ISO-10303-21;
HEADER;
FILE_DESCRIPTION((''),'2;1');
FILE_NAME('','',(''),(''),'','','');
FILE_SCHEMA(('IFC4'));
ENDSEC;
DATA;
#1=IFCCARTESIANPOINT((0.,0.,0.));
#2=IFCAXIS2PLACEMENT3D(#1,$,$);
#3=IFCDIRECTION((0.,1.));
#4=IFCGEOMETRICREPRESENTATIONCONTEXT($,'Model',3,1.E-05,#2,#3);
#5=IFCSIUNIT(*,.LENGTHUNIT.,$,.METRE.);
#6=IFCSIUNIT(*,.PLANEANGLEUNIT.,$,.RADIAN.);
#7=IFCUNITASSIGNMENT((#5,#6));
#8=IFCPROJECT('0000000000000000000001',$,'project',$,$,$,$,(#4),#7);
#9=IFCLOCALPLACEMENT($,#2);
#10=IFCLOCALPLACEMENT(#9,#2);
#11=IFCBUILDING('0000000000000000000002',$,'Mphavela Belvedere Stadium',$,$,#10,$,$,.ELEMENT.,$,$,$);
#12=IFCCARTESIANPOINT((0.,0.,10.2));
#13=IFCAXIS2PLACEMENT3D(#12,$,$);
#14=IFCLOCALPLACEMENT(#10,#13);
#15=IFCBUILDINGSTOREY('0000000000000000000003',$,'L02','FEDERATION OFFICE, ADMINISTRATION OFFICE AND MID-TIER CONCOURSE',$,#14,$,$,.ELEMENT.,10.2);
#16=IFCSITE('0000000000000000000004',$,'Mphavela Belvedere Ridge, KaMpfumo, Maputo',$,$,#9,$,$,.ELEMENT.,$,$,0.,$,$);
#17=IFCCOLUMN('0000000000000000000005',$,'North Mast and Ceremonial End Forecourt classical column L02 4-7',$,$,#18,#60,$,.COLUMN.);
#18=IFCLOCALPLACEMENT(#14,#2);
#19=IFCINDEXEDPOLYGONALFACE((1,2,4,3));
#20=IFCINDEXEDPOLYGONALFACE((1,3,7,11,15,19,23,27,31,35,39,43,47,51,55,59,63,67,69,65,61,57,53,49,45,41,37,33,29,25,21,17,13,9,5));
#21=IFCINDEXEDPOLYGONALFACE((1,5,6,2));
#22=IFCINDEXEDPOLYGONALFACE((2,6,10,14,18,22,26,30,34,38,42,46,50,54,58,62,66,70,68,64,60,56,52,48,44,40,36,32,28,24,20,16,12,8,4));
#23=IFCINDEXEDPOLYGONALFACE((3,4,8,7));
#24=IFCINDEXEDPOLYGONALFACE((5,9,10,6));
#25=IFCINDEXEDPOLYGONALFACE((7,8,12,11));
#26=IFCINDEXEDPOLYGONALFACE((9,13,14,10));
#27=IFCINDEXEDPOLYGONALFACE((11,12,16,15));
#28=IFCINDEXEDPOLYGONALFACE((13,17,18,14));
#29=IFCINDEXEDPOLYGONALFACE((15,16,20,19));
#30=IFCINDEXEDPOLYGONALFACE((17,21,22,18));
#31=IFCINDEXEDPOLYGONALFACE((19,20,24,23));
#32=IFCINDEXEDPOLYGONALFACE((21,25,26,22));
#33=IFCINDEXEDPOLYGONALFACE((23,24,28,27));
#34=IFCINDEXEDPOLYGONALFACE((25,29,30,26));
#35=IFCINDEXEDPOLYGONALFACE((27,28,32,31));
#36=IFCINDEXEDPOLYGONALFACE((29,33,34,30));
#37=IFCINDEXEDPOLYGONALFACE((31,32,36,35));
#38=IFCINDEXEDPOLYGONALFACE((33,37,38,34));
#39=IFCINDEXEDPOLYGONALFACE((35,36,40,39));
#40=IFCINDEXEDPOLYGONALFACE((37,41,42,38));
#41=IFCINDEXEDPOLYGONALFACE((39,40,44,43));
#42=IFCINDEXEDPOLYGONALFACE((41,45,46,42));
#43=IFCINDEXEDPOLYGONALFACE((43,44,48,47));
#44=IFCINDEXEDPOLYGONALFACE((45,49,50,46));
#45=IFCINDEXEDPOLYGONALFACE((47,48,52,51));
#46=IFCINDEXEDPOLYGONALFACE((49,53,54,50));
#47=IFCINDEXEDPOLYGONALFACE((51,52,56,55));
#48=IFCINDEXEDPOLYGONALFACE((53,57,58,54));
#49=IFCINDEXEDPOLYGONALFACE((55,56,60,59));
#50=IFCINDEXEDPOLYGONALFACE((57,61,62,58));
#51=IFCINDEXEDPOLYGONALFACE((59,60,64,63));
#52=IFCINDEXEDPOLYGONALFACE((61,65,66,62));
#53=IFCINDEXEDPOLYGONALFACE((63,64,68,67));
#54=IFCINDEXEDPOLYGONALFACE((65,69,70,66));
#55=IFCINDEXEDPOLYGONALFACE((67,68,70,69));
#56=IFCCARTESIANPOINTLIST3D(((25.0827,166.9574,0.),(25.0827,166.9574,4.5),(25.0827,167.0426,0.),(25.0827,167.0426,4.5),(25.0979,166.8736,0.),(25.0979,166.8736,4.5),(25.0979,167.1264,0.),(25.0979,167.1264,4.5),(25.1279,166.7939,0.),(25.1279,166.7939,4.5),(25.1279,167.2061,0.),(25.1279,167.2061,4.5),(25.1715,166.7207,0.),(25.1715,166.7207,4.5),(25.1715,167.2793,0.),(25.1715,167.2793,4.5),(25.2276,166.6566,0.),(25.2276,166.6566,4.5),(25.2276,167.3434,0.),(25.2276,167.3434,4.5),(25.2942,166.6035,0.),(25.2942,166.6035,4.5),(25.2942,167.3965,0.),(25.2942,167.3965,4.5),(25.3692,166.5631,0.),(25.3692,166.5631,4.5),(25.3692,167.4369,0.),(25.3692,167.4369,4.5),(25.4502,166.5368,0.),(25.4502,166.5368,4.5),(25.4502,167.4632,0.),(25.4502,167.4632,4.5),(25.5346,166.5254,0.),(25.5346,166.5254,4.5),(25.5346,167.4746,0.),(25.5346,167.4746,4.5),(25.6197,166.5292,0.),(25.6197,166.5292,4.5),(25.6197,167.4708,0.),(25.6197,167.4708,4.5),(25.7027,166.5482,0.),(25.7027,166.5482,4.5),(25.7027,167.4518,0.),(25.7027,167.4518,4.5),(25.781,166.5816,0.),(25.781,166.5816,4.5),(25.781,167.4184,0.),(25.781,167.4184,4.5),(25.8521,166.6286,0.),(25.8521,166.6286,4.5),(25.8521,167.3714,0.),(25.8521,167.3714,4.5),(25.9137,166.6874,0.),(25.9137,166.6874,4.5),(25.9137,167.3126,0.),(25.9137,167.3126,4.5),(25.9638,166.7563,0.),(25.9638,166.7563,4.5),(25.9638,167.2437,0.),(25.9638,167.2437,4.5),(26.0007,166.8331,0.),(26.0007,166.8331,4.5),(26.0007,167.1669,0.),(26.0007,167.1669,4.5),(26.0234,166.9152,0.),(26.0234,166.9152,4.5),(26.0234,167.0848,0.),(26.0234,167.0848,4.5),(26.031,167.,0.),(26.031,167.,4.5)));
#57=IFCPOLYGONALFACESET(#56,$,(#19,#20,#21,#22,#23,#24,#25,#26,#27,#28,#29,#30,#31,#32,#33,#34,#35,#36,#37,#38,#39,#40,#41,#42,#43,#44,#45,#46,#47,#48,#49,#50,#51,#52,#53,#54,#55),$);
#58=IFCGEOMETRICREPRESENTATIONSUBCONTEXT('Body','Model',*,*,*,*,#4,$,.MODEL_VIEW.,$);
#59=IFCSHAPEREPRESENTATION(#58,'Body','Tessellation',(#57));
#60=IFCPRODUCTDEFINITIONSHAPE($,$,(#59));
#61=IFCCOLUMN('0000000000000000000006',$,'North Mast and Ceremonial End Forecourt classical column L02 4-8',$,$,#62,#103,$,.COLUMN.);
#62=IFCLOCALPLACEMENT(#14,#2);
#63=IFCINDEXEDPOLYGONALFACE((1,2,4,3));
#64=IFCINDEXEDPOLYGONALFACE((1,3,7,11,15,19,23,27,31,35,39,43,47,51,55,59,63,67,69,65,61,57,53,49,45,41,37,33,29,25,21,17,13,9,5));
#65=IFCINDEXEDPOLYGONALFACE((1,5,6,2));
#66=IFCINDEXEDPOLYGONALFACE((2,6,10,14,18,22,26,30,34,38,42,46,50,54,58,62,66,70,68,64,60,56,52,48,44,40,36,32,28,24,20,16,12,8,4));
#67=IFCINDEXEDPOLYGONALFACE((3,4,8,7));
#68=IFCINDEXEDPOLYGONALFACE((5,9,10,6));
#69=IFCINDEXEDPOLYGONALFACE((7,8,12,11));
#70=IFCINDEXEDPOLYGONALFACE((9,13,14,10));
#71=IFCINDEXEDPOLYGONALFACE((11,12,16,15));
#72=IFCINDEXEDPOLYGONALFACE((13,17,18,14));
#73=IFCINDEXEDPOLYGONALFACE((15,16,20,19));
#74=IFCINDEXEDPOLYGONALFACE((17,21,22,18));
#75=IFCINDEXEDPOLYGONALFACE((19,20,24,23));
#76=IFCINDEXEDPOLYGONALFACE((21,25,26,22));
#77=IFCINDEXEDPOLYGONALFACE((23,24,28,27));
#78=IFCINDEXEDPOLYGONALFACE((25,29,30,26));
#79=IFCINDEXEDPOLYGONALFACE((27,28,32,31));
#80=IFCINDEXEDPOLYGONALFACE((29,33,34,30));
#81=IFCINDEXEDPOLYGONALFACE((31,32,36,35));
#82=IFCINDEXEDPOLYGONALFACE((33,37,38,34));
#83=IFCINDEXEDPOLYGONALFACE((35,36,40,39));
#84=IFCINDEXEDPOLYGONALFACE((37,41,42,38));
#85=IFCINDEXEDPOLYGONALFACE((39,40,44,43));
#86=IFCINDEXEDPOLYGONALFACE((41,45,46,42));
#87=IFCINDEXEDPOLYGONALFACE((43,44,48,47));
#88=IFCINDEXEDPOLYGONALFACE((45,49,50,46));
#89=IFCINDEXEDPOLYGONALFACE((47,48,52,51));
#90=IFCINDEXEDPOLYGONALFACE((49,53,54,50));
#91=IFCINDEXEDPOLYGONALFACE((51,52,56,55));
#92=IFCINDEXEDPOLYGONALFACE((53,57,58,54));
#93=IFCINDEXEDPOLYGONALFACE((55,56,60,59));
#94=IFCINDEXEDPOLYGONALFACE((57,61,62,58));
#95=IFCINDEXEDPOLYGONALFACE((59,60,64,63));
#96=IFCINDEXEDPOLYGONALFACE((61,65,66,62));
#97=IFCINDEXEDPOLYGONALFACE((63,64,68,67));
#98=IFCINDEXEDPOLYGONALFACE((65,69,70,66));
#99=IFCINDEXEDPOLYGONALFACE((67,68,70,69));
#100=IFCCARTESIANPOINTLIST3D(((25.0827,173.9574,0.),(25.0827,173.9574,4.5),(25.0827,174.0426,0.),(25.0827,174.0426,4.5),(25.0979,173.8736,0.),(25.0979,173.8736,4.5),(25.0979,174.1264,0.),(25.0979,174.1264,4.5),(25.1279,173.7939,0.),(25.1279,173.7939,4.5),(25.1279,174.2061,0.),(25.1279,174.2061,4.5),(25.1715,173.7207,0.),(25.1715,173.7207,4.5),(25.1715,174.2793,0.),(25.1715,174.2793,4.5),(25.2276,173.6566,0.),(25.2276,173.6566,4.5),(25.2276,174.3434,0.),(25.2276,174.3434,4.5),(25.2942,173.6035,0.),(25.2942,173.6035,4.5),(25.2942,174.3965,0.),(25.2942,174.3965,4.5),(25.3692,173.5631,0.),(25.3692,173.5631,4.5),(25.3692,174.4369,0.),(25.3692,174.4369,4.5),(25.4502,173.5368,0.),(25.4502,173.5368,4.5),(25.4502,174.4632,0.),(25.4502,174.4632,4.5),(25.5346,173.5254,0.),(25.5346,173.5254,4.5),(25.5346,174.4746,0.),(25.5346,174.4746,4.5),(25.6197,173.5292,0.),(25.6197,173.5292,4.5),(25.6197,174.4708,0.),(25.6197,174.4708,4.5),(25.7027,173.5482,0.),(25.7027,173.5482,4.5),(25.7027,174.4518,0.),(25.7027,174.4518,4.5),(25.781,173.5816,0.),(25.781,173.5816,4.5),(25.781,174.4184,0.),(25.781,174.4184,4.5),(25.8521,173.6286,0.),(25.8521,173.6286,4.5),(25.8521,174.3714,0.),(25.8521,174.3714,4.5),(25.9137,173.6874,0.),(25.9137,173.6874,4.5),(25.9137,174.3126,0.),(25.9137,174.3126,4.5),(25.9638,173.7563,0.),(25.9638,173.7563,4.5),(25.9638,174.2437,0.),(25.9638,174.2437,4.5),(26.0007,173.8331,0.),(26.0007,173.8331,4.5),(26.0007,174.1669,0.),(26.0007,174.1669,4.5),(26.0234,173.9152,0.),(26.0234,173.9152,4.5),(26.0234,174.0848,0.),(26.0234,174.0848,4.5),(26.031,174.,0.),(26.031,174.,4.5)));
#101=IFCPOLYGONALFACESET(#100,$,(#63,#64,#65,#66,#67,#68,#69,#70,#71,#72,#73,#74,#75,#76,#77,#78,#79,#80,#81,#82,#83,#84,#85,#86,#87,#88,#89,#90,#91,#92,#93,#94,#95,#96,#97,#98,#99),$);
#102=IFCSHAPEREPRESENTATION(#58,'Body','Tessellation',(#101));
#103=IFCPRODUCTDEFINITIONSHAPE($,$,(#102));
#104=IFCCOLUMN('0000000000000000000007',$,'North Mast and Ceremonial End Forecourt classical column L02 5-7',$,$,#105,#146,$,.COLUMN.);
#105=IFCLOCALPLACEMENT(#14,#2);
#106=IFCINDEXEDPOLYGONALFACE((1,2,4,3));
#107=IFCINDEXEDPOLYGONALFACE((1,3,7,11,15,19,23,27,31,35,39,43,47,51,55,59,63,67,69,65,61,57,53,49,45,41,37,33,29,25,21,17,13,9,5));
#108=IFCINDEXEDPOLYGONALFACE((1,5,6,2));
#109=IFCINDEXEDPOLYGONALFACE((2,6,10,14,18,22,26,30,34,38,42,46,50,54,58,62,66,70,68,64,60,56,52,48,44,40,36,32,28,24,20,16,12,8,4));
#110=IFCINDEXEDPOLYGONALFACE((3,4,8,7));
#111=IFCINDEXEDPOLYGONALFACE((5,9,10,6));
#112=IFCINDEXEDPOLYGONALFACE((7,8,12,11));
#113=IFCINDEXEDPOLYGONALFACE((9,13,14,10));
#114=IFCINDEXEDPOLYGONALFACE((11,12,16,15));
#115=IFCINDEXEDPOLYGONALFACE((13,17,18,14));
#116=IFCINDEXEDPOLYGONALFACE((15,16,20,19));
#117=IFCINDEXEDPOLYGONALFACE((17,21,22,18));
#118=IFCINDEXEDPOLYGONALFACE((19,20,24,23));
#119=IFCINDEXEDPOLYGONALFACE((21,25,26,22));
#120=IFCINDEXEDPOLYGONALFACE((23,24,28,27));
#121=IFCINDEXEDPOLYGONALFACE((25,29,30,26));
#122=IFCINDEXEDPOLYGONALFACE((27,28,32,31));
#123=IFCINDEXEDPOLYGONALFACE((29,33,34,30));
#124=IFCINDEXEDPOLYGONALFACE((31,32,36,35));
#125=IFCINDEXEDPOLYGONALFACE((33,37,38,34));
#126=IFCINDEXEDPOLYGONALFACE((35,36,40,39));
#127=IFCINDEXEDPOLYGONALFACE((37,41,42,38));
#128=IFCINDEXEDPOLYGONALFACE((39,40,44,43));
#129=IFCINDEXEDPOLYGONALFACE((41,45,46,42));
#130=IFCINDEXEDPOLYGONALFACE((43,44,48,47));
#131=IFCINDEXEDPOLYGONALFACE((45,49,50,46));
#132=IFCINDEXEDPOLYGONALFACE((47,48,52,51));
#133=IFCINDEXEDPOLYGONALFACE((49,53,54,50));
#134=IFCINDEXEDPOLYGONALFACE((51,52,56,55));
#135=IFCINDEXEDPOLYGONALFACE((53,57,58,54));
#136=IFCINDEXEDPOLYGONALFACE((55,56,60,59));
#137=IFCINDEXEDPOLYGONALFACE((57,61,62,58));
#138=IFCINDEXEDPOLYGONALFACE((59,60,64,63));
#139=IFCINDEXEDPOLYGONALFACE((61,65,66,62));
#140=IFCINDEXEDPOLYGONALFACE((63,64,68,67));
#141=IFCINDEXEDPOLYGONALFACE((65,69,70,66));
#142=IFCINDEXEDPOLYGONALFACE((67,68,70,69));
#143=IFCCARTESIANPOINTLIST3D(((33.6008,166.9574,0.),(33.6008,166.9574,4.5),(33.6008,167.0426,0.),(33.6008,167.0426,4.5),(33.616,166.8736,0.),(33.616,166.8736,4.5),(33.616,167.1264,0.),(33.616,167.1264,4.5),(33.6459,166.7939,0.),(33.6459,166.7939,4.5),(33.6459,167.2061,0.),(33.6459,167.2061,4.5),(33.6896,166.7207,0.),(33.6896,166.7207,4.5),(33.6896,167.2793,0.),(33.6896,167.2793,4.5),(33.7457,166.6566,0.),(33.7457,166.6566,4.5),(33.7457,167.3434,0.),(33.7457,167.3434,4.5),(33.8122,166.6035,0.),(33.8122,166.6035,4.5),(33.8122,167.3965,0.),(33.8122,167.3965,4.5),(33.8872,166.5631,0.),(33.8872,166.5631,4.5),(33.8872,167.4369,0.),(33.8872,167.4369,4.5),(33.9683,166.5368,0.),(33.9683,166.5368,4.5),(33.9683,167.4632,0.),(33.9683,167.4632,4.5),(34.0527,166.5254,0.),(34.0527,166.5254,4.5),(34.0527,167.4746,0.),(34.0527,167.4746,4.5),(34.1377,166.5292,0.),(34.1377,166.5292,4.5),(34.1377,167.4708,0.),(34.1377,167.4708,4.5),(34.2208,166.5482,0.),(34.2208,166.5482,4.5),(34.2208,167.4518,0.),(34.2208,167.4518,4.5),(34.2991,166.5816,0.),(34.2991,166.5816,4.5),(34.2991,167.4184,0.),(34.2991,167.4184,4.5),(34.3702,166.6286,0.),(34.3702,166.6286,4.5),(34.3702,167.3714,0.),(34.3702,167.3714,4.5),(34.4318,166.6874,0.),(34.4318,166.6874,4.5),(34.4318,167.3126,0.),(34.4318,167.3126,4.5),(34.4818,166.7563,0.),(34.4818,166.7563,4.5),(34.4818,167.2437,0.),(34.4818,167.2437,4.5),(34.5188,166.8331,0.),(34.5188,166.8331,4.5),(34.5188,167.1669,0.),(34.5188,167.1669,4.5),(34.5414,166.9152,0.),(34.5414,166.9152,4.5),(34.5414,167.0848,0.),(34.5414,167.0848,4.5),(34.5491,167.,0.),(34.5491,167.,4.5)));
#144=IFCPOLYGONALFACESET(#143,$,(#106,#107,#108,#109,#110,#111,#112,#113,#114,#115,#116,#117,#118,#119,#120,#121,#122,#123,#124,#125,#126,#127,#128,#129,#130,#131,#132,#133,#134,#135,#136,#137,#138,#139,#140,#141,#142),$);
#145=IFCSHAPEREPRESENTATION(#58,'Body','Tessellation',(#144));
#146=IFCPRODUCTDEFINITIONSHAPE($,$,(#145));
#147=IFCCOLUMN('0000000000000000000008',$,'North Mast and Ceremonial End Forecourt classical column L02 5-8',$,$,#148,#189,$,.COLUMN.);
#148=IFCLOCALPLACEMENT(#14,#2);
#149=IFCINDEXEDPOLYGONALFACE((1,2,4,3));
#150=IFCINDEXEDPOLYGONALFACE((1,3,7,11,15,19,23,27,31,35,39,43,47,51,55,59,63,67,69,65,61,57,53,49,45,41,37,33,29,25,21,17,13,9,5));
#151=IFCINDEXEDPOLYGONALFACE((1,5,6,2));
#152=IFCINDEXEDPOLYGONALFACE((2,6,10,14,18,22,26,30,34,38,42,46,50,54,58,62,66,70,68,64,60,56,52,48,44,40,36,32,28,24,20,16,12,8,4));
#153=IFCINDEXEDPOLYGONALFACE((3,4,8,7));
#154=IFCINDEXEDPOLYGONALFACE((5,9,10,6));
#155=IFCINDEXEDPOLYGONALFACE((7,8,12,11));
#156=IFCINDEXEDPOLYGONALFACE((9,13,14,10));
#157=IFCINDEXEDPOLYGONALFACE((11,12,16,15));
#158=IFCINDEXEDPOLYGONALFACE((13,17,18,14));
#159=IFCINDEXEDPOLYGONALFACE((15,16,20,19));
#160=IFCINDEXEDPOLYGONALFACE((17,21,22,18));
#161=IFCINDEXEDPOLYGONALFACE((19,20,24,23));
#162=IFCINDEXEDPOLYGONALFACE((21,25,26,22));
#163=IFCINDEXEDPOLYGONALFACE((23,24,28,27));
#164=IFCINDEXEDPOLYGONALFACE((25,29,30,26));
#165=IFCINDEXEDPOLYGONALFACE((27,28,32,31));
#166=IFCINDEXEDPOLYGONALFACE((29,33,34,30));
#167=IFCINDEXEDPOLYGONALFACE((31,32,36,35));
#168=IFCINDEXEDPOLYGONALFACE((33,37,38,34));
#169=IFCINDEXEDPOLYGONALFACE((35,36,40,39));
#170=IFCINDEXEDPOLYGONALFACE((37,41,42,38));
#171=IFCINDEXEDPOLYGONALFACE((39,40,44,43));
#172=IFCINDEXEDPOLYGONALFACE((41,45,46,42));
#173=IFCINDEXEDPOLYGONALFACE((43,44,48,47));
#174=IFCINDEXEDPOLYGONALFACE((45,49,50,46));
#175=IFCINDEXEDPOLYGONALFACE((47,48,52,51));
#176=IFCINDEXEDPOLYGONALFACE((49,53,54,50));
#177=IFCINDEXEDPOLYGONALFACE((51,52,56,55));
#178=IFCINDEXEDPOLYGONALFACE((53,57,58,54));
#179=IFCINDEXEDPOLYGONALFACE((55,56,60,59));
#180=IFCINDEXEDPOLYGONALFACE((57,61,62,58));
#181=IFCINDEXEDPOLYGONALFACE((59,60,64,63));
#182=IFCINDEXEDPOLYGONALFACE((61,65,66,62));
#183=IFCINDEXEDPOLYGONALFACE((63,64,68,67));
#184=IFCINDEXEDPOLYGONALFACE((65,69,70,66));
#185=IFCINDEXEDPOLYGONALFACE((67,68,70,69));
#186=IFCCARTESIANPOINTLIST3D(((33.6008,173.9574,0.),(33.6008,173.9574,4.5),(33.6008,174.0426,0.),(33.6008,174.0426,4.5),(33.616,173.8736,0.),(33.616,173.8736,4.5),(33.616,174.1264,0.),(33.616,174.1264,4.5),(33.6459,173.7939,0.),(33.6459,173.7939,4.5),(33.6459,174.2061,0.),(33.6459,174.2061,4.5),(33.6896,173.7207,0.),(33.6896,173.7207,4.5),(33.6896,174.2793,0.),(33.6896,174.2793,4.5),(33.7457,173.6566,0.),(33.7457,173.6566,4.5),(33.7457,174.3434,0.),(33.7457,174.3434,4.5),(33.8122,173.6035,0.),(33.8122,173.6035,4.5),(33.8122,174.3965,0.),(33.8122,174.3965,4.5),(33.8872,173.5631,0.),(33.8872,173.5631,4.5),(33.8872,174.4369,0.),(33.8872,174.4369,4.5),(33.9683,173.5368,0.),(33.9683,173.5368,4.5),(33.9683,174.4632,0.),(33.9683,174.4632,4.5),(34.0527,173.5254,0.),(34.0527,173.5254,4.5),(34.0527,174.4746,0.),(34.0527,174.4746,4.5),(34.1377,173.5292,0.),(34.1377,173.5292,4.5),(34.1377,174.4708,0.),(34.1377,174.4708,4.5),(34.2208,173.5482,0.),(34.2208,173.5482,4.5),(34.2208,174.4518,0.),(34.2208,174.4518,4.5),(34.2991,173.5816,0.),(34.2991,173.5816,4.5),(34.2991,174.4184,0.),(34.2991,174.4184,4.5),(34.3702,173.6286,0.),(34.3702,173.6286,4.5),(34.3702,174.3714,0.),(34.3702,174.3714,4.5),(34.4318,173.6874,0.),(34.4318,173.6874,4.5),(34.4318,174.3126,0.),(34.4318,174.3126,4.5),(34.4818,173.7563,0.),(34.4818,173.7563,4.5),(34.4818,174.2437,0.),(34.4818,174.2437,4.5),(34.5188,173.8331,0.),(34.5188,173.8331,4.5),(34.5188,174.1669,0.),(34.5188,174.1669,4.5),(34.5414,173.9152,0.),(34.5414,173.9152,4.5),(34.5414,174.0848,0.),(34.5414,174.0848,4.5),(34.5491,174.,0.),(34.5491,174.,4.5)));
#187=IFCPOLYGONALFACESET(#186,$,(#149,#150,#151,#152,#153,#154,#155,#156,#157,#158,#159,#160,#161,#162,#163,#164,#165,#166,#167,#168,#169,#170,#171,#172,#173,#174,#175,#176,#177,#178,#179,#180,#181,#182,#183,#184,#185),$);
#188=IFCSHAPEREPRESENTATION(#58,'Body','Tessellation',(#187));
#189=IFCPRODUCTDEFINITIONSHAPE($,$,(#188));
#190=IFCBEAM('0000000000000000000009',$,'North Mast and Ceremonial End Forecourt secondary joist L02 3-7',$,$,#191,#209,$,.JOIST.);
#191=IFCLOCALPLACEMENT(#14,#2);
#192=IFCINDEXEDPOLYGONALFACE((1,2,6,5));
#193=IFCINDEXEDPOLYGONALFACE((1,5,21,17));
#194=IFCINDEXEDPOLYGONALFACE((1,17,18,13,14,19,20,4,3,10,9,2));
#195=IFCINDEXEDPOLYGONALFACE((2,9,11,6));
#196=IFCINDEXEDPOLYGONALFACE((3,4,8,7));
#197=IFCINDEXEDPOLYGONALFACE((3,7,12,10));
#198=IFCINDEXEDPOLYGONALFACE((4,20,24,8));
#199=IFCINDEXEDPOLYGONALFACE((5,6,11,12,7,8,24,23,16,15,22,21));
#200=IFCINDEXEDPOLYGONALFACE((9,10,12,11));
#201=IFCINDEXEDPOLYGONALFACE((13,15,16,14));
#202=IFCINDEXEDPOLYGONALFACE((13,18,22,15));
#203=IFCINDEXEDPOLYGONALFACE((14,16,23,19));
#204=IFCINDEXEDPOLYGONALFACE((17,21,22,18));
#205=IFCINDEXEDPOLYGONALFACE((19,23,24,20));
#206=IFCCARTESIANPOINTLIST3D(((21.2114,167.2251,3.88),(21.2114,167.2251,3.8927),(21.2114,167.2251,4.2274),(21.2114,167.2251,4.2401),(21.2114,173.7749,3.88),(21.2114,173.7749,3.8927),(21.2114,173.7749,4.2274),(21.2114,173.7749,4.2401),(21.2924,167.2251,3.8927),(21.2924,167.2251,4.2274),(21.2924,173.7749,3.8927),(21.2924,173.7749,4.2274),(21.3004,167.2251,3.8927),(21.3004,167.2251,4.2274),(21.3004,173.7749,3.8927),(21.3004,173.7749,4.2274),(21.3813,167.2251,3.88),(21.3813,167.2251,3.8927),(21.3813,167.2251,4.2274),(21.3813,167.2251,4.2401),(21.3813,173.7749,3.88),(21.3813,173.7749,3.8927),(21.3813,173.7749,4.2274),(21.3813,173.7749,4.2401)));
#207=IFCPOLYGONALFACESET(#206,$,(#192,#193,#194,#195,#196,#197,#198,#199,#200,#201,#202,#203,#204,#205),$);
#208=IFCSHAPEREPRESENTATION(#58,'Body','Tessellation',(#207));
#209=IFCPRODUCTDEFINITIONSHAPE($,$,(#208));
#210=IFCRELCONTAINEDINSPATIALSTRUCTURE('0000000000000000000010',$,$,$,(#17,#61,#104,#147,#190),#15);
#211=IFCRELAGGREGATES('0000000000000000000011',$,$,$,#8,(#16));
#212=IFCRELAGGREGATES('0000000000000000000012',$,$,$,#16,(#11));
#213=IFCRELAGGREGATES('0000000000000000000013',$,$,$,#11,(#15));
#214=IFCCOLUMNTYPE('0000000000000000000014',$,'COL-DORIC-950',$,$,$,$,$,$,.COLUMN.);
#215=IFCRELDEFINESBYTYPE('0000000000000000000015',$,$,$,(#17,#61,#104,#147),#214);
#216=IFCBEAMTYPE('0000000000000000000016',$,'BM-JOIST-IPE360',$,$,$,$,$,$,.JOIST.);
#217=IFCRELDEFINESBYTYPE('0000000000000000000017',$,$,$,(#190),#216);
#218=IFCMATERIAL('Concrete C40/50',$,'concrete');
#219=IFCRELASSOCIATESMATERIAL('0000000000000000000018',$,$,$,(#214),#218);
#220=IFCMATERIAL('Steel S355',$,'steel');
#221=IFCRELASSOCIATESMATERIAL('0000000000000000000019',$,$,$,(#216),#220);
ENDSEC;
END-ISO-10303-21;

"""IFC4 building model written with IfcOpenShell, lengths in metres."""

from ifc_helpers import new_model, si_unit, direction, frame, origin, origin_2d, place, context, subcontext, project, spatial, circle, i_section, extrude, material, material_profile, profile_set, type_object, element, save


model = new_model("IFC4")

# Units and contexts
model_context = context("Model", 3, precision=1e-05, world=origin(), true_north=direction((0.0, 1.0)))
body_context = subcontext(model_context, "Body", "Model", "MODEL_VIEW")
ifc_project = project(units=[si_unit("LENGTHUNIT", "METRE"), si_unit("PLANEANGLEUNIT", "RADIAN")], contexts=[model_context])

# Site, building, storey
site_placement = place(None, origin())
site = spatial("IfcSite", under=ifc_project, at=site_placement, Name="Mphavela Belvedere Ridge, KaMpfumo, Maputo", CompositionType="ELEMENT", RefElevation=0.0)
building_placement = place(site_placement, origin())
building = spatial("IfcBuilding", under=site, at=building_placement, Name="Mphavela Belvedere Stadium", CompositionType="ELEMENT")
storey_placement = place(building_placement, frame((0.0, 0.0, 10.2)))
storey = spatial("IfcBuildingStorey", under=building, at=storey_placement, Name="L02", Description="FEDERATION OFFICE, ADMINISTRATION OFFICE AND MID-TIER CONCOURSE", CompositionType="ELEMENT", Elevation=10.2)

# Columns
ifc_material_1 = material(Name="Concrete C40/50", Category="concrete")
ifc_material_profile_1 = material_profile(ifc_material_1, circle(Radius=0.4751, at=origin_2d()), Name="COL D950")
ifc_profile_set_1 = profile_set([ifc_material_profile_1], Name="Concrete C40/50")
column_type = type_object("IfcColumnType", Name="COL-DORIC-950", PredefinedType="COLUMN", material=ifc_profile_set_1)
for number, where, z_axis, x_axis, name in (
    (1, (25.5559, 167.0, 0.0), (0.0, 0.0, 1.0), (1.0, 0.0, 0.0), "North Mast and Ceremonial End Forecourt classical column L02 4-7"),
    (2, (25.5559, 174.0, 0.0), (0.0, 0.0, 1.0), (1.0, 0.0, 0.0), "North Mast and Ceremonial End Forecourt classical column L02 4-8"),
    (3, (34.074, 167.0, 0.0), (0.0, 0.0, 1.0), (1.0, 0.0, 0.0), "North Mast and Ceremonial End Forecourt classical column L02 5-7"),
    (4, (34.074, 174.0, 0.0), (0.0, 0.0, 1.0), (1.0, 0.0, 0.0), "North Mast and Ceremonial End Forecourt classical column L02 5-8"),
):
    element("IfcColumn", number, at=place(storey_placement, frame(where, z_axis=z_axis, x_axis=x_axis)), inside=storey, type_object=column_type, Name=name, PredefinedType="COLUMN", context=body_context, shape_type="SweptSolid", body=[
        extrude(circle(Radius=0.4751, at=origin_2d()), origin(), (0.0, 0.0, 1.0), 4.5),
    ])

# Beam
ifc_material_2 = material(Name="Steel S355", Category="steel")
ifc_material_profile_2 = material_profile(ifc_material_2, i_section(OverallWidth=0.1699, OverallDepth=0.3601, WebThickness=0.0081, FlangeThickness=0.0127, at=origin_2d()), Name="IPE 360")
ifc_profile_set_2 = profile_set([ifc_material_profile_2], Name="Steel S355")
beam_type_1 = type_object("IfcBeamType", Name="BM-JOIST-IPE360", PredefinedType="JOIST", material=ifc_profile_set_2)
for number, where, z_axis, x_axis, name in (
    (5, (21.2964, 167.2251, 4.0601), (0.0, 1.0, 0.0), (-1.0, 0.0, 0.0), "North Mast and Ceremonial End Forecourt secondary joist L02 3-7"),
):
    element("IfcBeam", number, at=place(storey_placement, frame(where, z_axis=z_axis, x_axis=x_axis)), inside=storey, type_object=beam_type_1, Name=name, PredefinedType="JOIST", context=body_context, shape_type="SweptSolid", body=[
        extrude(i_section(OverallWidth=0.1699, OverallDepth=0.3601, WebThickness=0.0081, FlangeThickness=0.0127, at=origin_2d()), origin(), (0.0, 0.0, 1.0), 6.5498),
    ])

save(model, "model.ifc")
